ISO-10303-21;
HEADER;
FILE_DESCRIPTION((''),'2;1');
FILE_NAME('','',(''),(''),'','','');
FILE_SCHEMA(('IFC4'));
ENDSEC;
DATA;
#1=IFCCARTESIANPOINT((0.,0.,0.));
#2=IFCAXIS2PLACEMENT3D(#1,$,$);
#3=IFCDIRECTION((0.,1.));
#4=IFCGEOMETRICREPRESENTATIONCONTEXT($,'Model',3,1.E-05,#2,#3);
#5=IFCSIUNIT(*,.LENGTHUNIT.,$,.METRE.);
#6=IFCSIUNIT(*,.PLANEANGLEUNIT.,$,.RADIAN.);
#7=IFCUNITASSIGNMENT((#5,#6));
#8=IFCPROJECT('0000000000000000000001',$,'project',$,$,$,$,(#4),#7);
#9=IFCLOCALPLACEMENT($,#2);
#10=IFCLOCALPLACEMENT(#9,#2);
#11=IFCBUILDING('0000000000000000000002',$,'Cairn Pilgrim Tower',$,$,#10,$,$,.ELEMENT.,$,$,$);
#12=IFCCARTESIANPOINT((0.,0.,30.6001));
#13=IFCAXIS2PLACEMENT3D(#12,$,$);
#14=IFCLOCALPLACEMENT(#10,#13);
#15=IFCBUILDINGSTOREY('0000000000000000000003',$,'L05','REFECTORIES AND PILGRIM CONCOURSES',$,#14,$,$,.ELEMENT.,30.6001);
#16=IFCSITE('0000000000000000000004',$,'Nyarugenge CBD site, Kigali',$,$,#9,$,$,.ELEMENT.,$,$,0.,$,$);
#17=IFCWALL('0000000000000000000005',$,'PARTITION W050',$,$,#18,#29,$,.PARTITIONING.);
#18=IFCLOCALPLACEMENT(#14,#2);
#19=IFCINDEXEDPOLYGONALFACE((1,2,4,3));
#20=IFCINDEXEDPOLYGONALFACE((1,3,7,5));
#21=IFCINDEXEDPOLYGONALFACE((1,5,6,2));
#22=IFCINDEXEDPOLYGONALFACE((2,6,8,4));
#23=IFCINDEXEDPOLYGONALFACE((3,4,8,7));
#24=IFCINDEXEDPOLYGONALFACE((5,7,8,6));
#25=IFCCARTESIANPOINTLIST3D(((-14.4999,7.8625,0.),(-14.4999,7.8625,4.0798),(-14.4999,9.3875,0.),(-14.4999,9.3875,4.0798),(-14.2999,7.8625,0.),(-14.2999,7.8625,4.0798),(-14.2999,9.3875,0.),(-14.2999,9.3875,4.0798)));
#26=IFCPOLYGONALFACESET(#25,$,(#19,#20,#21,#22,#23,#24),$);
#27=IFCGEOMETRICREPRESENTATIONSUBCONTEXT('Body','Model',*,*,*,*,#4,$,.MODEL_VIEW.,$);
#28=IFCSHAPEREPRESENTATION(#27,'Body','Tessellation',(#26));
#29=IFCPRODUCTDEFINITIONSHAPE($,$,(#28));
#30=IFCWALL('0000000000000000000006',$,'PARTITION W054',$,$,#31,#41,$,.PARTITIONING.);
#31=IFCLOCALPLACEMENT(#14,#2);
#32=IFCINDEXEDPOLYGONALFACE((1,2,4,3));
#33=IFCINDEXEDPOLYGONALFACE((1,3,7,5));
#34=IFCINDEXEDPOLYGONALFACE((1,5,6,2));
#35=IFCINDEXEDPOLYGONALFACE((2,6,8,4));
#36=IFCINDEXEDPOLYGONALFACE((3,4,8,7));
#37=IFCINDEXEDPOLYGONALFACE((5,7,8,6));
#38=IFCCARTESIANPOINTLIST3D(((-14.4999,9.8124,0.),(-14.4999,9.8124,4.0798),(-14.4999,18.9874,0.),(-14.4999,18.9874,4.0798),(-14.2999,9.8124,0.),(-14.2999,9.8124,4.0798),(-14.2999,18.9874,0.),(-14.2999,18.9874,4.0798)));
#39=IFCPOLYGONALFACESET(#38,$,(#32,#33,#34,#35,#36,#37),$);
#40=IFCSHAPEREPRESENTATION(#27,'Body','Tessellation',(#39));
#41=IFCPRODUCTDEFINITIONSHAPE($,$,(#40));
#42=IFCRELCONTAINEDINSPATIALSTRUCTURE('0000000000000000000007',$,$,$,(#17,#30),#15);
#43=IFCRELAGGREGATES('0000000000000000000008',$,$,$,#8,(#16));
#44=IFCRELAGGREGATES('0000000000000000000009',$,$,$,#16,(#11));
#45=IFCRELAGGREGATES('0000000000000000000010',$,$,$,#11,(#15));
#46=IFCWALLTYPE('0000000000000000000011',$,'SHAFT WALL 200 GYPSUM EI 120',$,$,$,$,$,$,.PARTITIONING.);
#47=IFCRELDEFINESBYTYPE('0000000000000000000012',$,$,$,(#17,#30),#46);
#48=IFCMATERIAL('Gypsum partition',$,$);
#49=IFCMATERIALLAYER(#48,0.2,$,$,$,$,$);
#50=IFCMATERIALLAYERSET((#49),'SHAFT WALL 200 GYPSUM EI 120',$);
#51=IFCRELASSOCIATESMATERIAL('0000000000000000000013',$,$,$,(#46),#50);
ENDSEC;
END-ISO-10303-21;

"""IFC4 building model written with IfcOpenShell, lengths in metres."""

from ifc_helpers import new_model, si_unit, direction, frame, frame_2d, origin, place, context, subcontext, project, spatial, rectangle, extrude, material, layer, layer_set, type_object, element, save


model = new_model("IFC4")

# Units and contexts
model_context = context("Model", 3, precision=1e-05, world=origin(), true_north=direction((0.0, 1.0)))
body_context = subcontext(model_context, "Body", "Model", "MODEL_VIEW")
ifc_project = project(units=[si_unit("LENGTHUNIT", "METRE"), si_unit("PLANEANGLEUNIT", "RADIAN")], contexts=[model_context])

# Site, building, storey
site_placement = place(None, origin())
site = spatial("IfcSite", under=ifc_project, at=site_placement, Name="Nyarugenge CBD site, Kigali", CompositionType="ELEMENT", RefElevation=0.0)
building_placement = place(site_placement, origin())
building = spatial("IfcBuilding", under=site, at=building_placement, Name="Cairn Pilgrim Tower", CompositionType="ELEMENT")
storey_placement = place(building_placement, frame((0.0, 0.0, 30.6001)))
storey = spatial("IfcBuildingStorey", under=building, at=storey_placement, Name="L05", Description="REFECTORIES AND PILGRIM CONCOURSES", CompositionType="ELEMENT", Elevation=30.6001)

# Shared definitions
ifc_material_1 = material(Name="Gypsum partition")

# Walls
ifc_layer_1 = layer(ifc_material_1, 0.2)
ifc_layer_set_1 = layer_set([ifc_layer_1], Name="SHAFT WALL 200 GYPSUM EI 120")
wall_type_1 = type_object("IfcWallType", Name="SHAFT WALL 200 GYPSUM EI 120", PredefinedType="PARTITIONING", material=ifc_layer_set_1)
wall_1_placement = place(storey_placement, frame((-14.3999, 7.8625, 0.0), z_axis=(0.0, 0.0, 1.0), x_axis=(0.0, 1.0, 0.0)))
element("IfcWall", 1, at=wall_1_placement, inside=storey, type_object=wall_type_1, Name="PARTITION W050", PredefinedType="PARTITIONING", context=body_context, shape_type="SweptSolid", body=[
    extrude(rectangle(XDim=1.5249, YDim=0.2, at=frame_2d((0.7625, 0.0))), origin(), (0.0, 0.0, 1.0), 4.0798),
])
wall_2_placement = place(storey_placement, frame((-14.3999, 9.8125, 0.0), z_axis=(0.0, 0.0, 1.0), x_axis=(0.0, 1.0, 0.0)))
element("IfcWall", 2, at=wall_2_placement, inside=storey, type_object=wall_type_1, Name="PARTITION W054", PredefinedType="PARTITIONING", context=body_context, shape_type="SweptSolid", body=[
    extrude(rectangle(XDim=9.175, YDim=0.2, at=frame_2d((4.5874, 0.0))), origin(), (0.0, 0.0, 1.0), 4.0798),
])

save(model, "model.ifc")
